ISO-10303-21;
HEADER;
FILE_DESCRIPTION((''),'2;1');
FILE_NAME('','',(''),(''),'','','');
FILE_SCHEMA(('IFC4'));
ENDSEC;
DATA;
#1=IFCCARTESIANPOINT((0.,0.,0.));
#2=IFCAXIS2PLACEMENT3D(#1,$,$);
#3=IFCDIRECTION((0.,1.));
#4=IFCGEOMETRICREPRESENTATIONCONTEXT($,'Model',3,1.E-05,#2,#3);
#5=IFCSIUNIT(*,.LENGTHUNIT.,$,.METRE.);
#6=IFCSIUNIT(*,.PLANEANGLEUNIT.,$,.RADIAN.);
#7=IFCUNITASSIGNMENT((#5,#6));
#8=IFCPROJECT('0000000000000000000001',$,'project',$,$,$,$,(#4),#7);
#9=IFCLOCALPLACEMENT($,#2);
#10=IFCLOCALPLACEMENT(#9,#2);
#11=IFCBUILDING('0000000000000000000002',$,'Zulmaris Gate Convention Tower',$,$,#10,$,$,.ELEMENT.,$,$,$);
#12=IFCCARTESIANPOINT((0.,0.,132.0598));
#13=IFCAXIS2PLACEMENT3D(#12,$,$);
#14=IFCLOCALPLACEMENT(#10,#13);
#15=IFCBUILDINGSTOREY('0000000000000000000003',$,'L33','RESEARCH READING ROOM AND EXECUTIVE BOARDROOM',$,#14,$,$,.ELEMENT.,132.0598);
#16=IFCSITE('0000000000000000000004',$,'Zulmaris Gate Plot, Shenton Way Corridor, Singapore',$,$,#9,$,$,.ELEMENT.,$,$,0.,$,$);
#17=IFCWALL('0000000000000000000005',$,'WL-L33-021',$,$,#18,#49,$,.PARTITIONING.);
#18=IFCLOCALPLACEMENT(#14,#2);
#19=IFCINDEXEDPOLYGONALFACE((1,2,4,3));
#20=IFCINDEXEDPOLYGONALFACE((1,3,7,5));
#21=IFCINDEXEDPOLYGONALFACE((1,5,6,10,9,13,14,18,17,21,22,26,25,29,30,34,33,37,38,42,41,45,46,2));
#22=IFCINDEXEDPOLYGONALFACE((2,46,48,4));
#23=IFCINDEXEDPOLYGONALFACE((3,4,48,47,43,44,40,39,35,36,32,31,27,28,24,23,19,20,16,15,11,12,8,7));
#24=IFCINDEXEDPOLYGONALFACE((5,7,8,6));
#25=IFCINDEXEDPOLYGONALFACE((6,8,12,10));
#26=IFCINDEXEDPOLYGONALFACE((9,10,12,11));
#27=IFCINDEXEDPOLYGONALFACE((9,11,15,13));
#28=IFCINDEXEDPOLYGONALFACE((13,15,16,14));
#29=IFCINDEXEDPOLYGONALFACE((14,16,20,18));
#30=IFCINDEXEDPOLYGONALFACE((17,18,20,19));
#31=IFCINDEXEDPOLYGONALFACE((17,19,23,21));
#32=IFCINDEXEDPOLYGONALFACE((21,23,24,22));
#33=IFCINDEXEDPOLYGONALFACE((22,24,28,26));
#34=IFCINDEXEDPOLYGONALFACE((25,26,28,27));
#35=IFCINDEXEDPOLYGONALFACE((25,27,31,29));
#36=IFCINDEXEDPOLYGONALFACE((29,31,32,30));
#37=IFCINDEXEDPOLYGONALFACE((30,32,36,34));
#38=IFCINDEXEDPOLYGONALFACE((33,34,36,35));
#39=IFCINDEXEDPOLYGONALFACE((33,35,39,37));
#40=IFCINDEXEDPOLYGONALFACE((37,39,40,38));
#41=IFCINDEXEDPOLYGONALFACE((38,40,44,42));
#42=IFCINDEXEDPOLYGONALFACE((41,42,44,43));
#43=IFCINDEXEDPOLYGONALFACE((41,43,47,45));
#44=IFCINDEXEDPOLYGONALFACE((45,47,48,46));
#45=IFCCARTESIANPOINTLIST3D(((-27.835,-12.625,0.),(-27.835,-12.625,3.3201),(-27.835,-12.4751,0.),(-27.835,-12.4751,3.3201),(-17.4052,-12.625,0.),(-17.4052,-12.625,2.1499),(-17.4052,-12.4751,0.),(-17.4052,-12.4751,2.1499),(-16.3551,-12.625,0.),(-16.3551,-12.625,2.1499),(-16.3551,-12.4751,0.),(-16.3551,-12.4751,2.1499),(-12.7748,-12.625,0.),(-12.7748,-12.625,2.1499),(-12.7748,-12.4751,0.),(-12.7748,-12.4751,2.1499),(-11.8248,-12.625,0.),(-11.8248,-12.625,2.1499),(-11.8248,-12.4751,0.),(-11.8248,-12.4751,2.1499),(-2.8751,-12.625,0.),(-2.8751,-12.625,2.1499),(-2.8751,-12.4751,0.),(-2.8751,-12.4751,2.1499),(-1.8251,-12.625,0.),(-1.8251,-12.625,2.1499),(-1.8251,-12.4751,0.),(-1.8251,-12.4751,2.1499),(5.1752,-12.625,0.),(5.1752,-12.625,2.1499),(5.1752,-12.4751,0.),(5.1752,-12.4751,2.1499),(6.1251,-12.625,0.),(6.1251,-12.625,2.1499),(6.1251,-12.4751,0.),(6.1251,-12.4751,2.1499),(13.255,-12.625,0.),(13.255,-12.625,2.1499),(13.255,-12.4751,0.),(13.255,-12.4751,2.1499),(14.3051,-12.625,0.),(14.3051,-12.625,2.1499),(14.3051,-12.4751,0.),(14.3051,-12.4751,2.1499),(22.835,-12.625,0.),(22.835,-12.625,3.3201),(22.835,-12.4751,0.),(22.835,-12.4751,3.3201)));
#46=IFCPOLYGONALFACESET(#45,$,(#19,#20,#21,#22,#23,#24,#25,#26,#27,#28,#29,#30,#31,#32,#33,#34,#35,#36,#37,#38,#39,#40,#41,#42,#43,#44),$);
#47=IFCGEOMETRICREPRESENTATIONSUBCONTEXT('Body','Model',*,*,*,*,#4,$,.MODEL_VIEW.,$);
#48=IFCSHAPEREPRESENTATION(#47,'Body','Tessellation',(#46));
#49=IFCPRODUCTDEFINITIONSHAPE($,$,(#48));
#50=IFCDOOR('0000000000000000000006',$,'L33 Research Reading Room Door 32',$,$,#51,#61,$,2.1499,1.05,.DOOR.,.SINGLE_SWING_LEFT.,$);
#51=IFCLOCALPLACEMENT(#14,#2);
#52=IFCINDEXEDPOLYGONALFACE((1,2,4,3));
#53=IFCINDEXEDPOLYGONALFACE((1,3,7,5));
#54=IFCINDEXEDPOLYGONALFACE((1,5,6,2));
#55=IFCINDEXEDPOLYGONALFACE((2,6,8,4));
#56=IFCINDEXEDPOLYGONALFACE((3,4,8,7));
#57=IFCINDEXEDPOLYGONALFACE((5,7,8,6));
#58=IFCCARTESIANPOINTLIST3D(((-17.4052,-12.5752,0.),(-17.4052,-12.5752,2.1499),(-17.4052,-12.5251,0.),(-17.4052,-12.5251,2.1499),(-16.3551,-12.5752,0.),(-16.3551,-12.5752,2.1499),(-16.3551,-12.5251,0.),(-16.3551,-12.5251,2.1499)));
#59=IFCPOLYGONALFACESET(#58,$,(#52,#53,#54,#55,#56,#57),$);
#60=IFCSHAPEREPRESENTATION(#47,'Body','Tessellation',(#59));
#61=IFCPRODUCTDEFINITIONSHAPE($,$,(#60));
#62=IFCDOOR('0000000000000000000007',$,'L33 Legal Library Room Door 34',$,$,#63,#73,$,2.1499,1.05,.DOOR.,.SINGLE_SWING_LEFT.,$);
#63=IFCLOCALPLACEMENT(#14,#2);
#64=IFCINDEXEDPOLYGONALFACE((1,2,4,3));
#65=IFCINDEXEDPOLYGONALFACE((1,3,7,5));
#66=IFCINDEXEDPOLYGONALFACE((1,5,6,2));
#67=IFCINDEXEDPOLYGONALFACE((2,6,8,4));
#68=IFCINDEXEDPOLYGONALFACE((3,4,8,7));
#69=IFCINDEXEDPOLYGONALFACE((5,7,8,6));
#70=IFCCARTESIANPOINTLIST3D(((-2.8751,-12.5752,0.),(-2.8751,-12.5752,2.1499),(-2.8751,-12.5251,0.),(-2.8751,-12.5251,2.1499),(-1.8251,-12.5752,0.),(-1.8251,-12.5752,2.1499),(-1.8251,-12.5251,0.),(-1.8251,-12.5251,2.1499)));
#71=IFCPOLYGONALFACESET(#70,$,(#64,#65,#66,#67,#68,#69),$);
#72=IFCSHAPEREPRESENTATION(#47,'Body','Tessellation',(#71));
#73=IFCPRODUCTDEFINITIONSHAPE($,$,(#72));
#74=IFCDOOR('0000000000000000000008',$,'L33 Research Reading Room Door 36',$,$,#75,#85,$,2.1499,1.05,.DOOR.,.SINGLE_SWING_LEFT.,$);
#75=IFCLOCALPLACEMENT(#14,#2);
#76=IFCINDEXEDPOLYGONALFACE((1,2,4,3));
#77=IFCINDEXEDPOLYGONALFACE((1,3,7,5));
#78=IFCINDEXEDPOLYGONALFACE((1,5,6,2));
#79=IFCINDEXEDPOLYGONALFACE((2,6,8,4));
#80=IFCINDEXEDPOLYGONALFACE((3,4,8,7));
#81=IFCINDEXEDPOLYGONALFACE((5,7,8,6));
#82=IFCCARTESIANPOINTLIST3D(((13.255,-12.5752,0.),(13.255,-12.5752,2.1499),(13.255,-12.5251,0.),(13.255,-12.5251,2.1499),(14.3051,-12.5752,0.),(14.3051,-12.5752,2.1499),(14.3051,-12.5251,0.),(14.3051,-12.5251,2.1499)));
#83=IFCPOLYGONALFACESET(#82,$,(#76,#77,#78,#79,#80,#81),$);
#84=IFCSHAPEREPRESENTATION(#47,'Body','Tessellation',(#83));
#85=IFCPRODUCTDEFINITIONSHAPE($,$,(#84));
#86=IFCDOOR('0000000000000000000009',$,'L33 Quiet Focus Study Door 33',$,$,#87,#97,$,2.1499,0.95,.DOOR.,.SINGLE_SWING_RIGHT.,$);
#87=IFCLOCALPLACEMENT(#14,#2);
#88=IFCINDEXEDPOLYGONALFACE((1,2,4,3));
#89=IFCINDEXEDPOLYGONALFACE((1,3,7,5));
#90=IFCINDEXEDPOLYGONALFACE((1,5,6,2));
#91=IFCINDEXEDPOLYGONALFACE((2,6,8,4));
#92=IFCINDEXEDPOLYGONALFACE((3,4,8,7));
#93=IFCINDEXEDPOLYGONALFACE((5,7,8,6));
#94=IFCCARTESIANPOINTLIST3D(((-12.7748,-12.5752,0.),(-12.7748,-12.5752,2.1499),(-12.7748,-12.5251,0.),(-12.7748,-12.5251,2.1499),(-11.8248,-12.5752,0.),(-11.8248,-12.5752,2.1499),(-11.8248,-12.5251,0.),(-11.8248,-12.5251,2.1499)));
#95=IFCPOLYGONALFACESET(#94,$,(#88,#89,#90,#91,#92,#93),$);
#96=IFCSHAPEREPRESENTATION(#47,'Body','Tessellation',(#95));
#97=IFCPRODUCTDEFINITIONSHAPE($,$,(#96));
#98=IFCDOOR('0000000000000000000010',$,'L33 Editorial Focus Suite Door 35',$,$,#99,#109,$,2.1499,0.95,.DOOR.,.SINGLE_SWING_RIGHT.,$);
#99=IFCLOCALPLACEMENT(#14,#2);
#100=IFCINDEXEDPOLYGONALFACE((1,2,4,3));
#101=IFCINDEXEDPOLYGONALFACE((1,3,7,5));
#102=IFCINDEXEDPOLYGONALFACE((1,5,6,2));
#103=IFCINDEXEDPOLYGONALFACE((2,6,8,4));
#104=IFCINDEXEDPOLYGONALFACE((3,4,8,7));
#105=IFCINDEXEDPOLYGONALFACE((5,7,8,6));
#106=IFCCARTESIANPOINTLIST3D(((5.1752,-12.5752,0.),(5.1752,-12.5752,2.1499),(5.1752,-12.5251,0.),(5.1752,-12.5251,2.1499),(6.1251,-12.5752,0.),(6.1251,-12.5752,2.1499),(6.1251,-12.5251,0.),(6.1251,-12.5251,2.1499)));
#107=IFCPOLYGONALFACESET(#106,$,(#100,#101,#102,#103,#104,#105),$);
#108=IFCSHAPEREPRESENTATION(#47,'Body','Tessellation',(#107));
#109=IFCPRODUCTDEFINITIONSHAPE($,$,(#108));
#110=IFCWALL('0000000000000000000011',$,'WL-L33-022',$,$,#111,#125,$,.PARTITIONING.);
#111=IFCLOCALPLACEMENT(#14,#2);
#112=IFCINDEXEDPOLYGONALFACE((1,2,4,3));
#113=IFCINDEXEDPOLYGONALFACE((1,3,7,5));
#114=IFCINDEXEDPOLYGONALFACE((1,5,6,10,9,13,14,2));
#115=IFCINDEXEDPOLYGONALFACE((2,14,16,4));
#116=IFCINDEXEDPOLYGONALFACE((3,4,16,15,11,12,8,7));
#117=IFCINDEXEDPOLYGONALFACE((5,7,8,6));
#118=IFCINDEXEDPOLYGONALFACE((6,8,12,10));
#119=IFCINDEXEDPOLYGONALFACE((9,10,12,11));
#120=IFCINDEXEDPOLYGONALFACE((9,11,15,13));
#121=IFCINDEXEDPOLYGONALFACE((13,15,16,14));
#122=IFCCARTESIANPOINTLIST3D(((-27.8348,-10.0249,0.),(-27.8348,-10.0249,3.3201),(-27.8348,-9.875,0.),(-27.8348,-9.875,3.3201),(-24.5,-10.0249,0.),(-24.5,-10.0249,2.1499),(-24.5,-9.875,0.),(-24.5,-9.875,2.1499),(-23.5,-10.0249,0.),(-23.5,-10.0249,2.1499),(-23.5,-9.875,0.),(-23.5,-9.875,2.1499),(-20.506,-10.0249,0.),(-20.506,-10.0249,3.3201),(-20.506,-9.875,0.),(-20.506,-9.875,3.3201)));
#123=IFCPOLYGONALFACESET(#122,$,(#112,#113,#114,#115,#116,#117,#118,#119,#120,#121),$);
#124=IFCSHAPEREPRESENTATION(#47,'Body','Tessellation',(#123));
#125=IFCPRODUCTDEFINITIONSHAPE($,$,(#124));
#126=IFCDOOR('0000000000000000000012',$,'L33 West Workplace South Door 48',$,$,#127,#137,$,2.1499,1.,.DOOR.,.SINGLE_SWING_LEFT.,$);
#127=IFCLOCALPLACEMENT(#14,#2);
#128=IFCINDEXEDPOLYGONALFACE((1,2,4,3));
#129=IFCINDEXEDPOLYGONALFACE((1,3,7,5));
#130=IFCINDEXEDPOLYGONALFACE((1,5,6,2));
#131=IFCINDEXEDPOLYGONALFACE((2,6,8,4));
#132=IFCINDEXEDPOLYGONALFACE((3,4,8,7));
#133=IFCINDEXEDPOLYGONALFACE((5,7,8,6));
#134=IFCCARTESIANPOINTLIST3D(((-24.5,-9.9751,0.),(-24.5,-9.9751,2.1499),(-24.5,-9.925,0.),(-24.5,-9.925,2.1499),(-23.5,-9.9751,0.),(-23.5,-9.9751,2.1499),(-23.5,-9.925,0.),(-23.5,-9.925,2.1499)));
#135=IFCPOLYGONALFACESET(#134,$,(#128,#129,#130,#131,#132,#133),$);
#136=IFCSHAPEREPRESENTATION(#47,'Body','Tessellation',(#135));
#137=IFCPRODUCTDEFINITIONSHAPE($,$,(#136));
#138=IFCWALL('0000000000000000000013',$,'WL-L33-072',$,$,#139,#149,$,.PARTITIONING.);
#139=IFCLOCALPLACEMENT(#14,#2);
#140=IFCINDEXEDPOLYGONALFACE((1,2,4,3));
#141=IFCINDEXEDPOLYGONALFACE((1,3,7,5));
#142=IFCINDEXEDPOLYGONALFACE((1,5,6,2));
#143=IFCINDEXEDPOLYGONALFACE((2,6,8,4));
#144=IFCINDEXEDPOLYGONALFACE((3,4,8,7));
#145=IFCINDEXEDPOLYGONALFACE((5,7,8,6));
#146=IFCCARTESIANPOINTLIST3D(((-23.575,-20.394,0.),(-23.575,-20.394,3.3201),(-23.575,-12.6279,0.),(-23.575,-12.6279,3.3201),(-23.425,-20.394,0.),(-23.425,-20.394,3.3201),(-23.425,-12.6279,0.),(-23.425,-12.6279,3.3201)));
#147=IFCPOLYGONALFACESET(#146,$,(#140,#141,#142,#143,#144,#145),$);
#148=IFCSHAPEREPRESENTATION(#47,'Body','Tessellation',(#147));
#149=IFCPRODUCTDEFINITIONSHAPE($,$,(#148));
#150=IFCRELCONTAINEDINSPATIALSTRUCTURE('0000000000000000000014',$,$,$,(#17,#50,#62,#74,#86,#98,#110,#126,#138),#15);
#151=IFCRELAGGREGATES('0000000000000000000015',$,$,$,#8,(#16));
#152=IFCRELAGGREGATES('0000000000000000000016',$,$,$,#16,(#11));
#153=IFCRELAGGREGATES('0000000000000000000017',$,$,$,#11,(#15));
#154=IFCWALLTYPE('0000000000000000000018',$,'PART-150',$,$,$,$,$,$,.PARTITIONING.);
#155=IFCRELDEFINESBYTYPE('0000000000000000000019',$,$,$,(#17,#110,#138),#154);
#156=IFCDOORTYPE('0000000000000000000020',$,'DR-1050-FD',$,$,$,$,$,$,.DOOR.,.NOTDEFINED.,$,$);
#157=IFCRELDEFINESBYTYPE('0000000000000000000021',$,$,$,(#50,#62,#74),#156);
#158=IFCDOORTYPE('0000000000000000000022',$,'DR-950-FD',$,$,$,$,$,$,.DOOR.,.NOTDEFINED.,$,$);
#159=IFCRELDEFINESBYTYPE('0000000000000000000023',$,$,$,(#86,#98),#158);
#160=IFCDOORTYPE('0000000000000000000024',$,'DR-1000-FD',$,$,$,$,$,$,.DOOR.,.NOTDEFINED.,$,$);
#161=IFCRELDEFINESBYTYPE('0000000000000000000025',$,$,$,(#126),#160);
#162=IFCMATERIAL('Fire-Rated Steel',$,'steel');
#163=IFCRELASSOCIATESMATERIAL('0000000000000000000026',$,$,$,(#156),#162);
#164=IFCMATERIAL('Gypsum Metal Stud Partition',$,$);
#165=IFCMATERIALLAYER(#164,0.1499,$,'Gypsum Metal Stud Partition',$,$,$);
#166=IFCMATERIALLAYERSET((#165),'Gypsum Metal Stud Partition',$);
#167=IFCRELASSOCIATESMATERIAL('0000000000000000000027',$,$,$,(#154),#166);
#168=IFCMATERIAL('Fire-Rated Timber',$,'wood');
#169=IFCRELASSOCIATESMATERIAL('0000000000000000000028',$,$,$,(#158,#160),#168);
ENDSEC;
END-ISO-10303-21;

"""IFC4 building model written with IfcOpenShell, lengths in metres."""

from ifc_helpers import new_model, si_unit, direction, frame, frame_2d, origin, place, context, subcontext, project, spatial, rectangle, extrude, material, layer, layer_set, type_object, element, fill, save


model = new_model("IFC4")

# Units and contexts
model_context = context("Model", 3, precision=1e-05, world=origin(), true_north=direction((0.0, 1.0)))
body_context = subcontext(model_context, "Body", "Model", "MODEL_VIEW")
ifc_project = project(units=[si_unit("LENGTHUNIT", "METRE"), si_unit("PLANEANGLEUNIT", "RADIAN")], contexts=[model_context])

# Site, building, storey
site_placement = place(None, origin())
site = spatial("IfcSite", under=ifc_project, at=site_placement, Name="Zulmaris Gate Plot, Shenton Way Corridor, Singapore", CompositionType="ELEMENT", RefElevation=0.0)
building_placement = place(site_placement, origin())
building = spatial("IfcBuilding", under=site, at=building_placement, Name="Zulmaris Gate Convention Tower", CompositionType="ELEMENT")
storey_placement = place(building_placement, frame((0.0, 0.0, 132.0598)))
storey = spatial("IfcBuildingStorey", under=building, at=storey_placement, Name="L33", Description="RESEARCH READING ROOM AND EXECUTIVE BOARDROOM", CompositionType="ELEMENT", Elevation=132.0598)

# Shared definitions
ifc_material_1 = material(Name="Fire-Rated Steel", Category="steel")
door_type_1 = type_object("IfcDoorType", Name="DR-1050-FD", OperationType="NOTDEFINED", PredefinedType="DOOR", material=ifc_material_1)

# Wall, openings, doors
ifc_material_2 = material(Name="Gypsum Metal Stud Partition")
ifc_layer_1 = layer(ifc_material_2, 0.1499, Name="Gypsum Metal Stud Partition")
ifc_layer_set_1 = layer_set([ifc_layer_1], Name="Gypsum Metal Stud Partition")
wall_type_1 = type_object("IfcWallType", Name="PART-150", PredefinedType="PARTITIONING", material=ifc_layer_set_1)
wall_1_placement = place(storey_placement, frame((-27.835, -12.55, 0.0), z_axis=(0.0, 0.0, 1.0), x_axis=(1.0, 0.0, 0.0)))
wall_1 = element("IfcWall", 1, at=wall_1_placement, inside=storey, type_object=wall_type_1, Name="WL-L33-021", PredefinedType="PARTITIONING", context=body_context, shape_type="SweptSolid", body=[
    extrude(rectangle(XDim=50.6699, YDim=0.1499, at=frame_2d((25.335, 0.0))), origin(), (0.0, 0.0, 1.0), 3.3201),
])
opening_1_placement = place(wall_1_placement, frame((10.4299, 0.0, 0.0)))
opening_1 = element("IfcOpeningElement", 2, at=opening_1_placement, cuts=wall_1, PredefinedType="OPENING", context=body_context, shape_type="SweptSolid", body=[
    extrude(rectangle(XDim=1.05, YDim=2.1499, at=frame_2d((0.5249, 1.075))), frame((0.0, 0.085, 0.0), z_axis=(0.0, -1.0, 0.0), x_axis=(1.0, 0.0, 0.0)), (0.0, 0.0, 1.0), 0.1699),
])
opening_2_placement = place(wall_1_placement, frame((15.0601, 0.0, 0.0)))
opening_2 = element("IfcOpeningElement", 3, at=opening_2_placement, cuts=wall_1, PredefinedType="OPENING", context=body_context, shape_type="SweptSolid", body=[
    extrude(rectangle(XDim=0.95, YDim=2.1499, at=frame_2d((0.4751, 1.075))), frame((0.0, 0.085, 0.0), z_axis=(0.0, -1.0, 0.0), x_axis=(1.0, 0.0, 0.0)), (0.0, 0.0, 1.0), 0.1699),
])
opening_3_placement = place(wall_1_placement, frame((24.96, 0.0, 0.0)))
opening_3 = element("IfcOpeningElement", 4, at=opening_3_placement, cuts=wall_1, PredefinedType="OPENING", context=body_context, shape_type="SweptSolid", body=[
    extrude(rectangle(XDim=1.05, YDim=2.1499, at=frame_2d((0.5249, 1.075))), frame((0.0, 0.085, 0.0), z_axis=(0.0, -1.0, 0.0), x_axis=(1.0, 0.0, 0.0)), (0.0, 0.0, 1.0), 0.1699),
])
opening_4_placement = place(wall_1_placement, frame((33.01, 0.0, 0.0)))
opening_4 = element("IfcOpeningElement", 5, at=opening_4_placement, cuts=wall_1, PredefinedType="OPENING", context=body_context, shape_type="SweptSolid", body=[
    extrude(rectangle(XDim=0.95, YDim=2.1499, at=frame_2d((0.4751, 1.075))), frame((0.0, 0.085, 0.0), z_axis=(0.0, -1.0, 0.0), x_axis=(1.0, 0.0, 0.0)), (0.0, 0.0, 1.0), 0.1699),
])
opening_5_placement = place(wall_1_placement, frame((41.0901, 0.0, 0.0)))
opening_5 = element("IfcOpeningElement", 6, at=opening_5_placement, cuts=wall_1, PredefinedType="OPENING", context=body_context, shape_type="SweptSolid", body=[
    extrude(rectangle(XDim=1.05, YDim=2.1499, at=frame_2d((0.5249, 1.075))), frame((0.0, 0.085, 0.0), z_axis=(0.0, -1.0, 0.0), x_axis=(1.0, 0.0, 0.0)), (0.0, 0.0, 1.0), 0.1699),
])
door_1_placement = place(opening_1_placement, origin())
door_1 = element("IfcDoor", 7, at=door_1_placement, inside=storey, type_object=door_type_1, Name="L33 Research Reading Room Door 32", OperationType="SINGLE_SWING_LEFT", OverallHeight=2.1499, OverallWidth=1.05, PredefinedType="DOOR", context=body_context, shape_type="SweptSolid", body=[
    extrude(rectangle(XDim=1.05, YDim=2.1499, at=frame_2d((0.5249, 1.075))), frame((0.0, 0.0249, 0.0), z_axis=(0.0, -1.0, 0.0), x_axis=(1.0, 0.0, 0.0)), (0.0, 0.0, 1.0), 0.05),
])
fill(opening_1, door_1)
door_2_placement = place(opening_3_placement, origin())
door_2 = element("IfcDoor", 8, at=door_2_placement, inside=storey, type_object=door_type_1, Name="L33 Legal Library Room Door 34", OperationType="SINGLE_SWING_LEFT", OverallHeight=2.1499, OverallWidth=1.05, PredefinedType="DOOR", context=body_context, shape_type="SweptSolid", body=[
    extrude(rectangle(XDim=1.05, YDim=2.1499, at=frame_2d((0.5249, 1.075))), frame((0.0, 0.0249, 0.0), z_axis=(0.0, -1.0, 0.0), x_axis=(1.0, 0.0, 0.0)), (0.0, 0.0, 1.0), 0.05),
])
fill(opening_3, door_2)
door_3_placement = place(opening_5_placement, origin())
door_3 = element("IfcDoor", 9, at=door_3_placement, inside=storey, type_object=door_type_1, Name="L33 Research Reading Room Door 36", OperationType="SINGLE_SWING_LEFT", OverallHeight=2.1499, OverallWidth=1.05, PredefinedType="DOOR", context=body_context, shape_type="SweptSolid", body=[
    extrude(rectangle(XDim=1.05, YDim=2.1499, at=frame_2d((0.5249, 1.075))), frame((0.0, 0.0249, 0.0), z_axis=(0.0, -1.0, 0.0), x_axis=(1.0, 0.0, 0.0)), (0.0, 0.0, 1.0), 0.05),
])
fill(opening_5, door_3)
ifc_material_3 = material(Name="Fire-Rated Timber", Category="wood")
door_type_2 = type_object("IfcDoorType", Name="DR-950-FD", OperationType="NOTDEFINED", PredefinedType="DOOR", material=ifc_material_3)
door_4_placement = place(opening_2_placement, origin())
door_4 = element("IfcDoor", 10, at=door_4_placement, inside=storey, type_object=door_type_2, Name="L33 Quiet Focus Study Door 33", OperationType="SINGLE_SWING_RIGHT", OverallHeight=2.1499, OverallWidth=0.95, PredefinedType="DOOR", context=body_context, shape_type="SweptSolid", body=[
    extrude(rectangle(XDim=0.95, YDim=2.1499, at=frame_2d((0.4751, 1.075))), frame((0.0, 0.0249, 0.0), z_axis=(0.0, -1.0, 0.0), x_axis=(1.0, 0.0, 0.0)), (0.0, 0.0, 1.0), 0.05),
])
fill(opening_2, door_4)
door_5_placement = place(opening_4_placement, origin())
door_5 = element("IfcDoor", 11, at=door_5_placement, inside=storey, type_object=door_type_2, Name="L33 Editorial Focus Suite Door 35", OperationType="SINGLE_SWING_RIGHT", OverallHeight=2.1499, OverallWidth=0.95, PredefinedType="DOOR", context=body_context, shape_type="SweptSolid", body=[
    extrude(rectangle(XDim=0.95, YDim=2.1499, at=frame_2d((0.4751, 1.075))), frame((0.0, 0.0249, 0.0), z_axis=(0.0, -1.0, 0.0), x_axis=(1.0, 0.0, 0.0)), (0.0, 0.0, 1.0), 0.05),
])
fill(opening_4, door_5)

# Wall, opening, door
wall_2_placement = place(storey_placement, frame((-27.835, -9.95, 0.0), z_axis=(0.0, 0.0, 1.0), x_axis=(1.0, 0.0, 0.0)))
wall_2 = element("IfcWall", 12, at=wall_2_placement, inside=storey, type_object=wall_type_1, Name="WL-L33-022", PredefinedType="PARTITIONING", context=body_context, shape_type="SweptSolid", body=[
    extrude(rectangle(XDim=7.3289, YDim=0.1499, at=frame_2d((3.6646, 0.0))), origin(), (0.0, 0.0, 1.0), 3.3201),
])
opening_6_placement = place(wall_2_placement, frame((3.335, 0.0, 0.0)))
opening_6 = element("IfcOpeningElement", 13, at=opening_6_placement, cuts=wall_2, PredefinedType="OPENING", context=body_context, shape_type="SweptSolid", body=[
    extrude(rectangle(XDim=1.0, YDim=2.1499, at=frame_2d((0.5, 1.075))), frame((0.0, 0.085, 0.0), z_axis=(0.0, -1.0, 0.0), x_axis=(1.0, 0.0, 0.0)), (0.0, 0.0, 1.0), 0.1699),
])
door_type_3 = type_object("IfcDoorType", Name="DR-1000-FD", OperationType="NOTDEFINED", PredefinedType="DOOR", material=ifc_material_3)
door_6_placement = place(opening_6_placement, origin())
door_6 = element("IfcDoor", 14, at=door_6_placement, inside=storey, type_object=door_type_3, Name="L33 West Workplace South Door 48", OperationType="SINGLE_SWING_LEFT", OverallHeight=2.1499, OverallWidth=1.0, PredefinedType="DOOR", context=body_context, shape_type="SweptSolid", body=[
    extrude(rectangle(XDim=1.0, YDim=2.1499, at=frame_2d((0.5, 1.075))), frame((0.0, 0.0249, 0.0), z_axis=(0.0, -1.0, 0.0), x_axis=(1.0, 0.0, 0.0)), (0.0, 0.0, 1.0), 0.05),
])
fill(opening_6, door_6)

# Wall
wall_3_placement = place(storey_placement, frame((-23.5, -20.394, 0.0), z_axis=(0.0, 0.0, 1.0), x_axis=(0.0, 1.0, 0.0)))
element("IfcWall", 15, at=wall_3_placement, inside=storey, type_object=wall_type_1, Name="WL-L33-072", PredefinedType="PARTITIONING", context=body_context, shape_type="SweptSolid", body=[
    extrude(rectangle(XDim=7.7661, YDim=0.1499, at=frame_2d((3.8831, 0.0))), origin(), (0.0, 0.0, 1.0), 3.3201),
])

save(model, "model.ifc")
